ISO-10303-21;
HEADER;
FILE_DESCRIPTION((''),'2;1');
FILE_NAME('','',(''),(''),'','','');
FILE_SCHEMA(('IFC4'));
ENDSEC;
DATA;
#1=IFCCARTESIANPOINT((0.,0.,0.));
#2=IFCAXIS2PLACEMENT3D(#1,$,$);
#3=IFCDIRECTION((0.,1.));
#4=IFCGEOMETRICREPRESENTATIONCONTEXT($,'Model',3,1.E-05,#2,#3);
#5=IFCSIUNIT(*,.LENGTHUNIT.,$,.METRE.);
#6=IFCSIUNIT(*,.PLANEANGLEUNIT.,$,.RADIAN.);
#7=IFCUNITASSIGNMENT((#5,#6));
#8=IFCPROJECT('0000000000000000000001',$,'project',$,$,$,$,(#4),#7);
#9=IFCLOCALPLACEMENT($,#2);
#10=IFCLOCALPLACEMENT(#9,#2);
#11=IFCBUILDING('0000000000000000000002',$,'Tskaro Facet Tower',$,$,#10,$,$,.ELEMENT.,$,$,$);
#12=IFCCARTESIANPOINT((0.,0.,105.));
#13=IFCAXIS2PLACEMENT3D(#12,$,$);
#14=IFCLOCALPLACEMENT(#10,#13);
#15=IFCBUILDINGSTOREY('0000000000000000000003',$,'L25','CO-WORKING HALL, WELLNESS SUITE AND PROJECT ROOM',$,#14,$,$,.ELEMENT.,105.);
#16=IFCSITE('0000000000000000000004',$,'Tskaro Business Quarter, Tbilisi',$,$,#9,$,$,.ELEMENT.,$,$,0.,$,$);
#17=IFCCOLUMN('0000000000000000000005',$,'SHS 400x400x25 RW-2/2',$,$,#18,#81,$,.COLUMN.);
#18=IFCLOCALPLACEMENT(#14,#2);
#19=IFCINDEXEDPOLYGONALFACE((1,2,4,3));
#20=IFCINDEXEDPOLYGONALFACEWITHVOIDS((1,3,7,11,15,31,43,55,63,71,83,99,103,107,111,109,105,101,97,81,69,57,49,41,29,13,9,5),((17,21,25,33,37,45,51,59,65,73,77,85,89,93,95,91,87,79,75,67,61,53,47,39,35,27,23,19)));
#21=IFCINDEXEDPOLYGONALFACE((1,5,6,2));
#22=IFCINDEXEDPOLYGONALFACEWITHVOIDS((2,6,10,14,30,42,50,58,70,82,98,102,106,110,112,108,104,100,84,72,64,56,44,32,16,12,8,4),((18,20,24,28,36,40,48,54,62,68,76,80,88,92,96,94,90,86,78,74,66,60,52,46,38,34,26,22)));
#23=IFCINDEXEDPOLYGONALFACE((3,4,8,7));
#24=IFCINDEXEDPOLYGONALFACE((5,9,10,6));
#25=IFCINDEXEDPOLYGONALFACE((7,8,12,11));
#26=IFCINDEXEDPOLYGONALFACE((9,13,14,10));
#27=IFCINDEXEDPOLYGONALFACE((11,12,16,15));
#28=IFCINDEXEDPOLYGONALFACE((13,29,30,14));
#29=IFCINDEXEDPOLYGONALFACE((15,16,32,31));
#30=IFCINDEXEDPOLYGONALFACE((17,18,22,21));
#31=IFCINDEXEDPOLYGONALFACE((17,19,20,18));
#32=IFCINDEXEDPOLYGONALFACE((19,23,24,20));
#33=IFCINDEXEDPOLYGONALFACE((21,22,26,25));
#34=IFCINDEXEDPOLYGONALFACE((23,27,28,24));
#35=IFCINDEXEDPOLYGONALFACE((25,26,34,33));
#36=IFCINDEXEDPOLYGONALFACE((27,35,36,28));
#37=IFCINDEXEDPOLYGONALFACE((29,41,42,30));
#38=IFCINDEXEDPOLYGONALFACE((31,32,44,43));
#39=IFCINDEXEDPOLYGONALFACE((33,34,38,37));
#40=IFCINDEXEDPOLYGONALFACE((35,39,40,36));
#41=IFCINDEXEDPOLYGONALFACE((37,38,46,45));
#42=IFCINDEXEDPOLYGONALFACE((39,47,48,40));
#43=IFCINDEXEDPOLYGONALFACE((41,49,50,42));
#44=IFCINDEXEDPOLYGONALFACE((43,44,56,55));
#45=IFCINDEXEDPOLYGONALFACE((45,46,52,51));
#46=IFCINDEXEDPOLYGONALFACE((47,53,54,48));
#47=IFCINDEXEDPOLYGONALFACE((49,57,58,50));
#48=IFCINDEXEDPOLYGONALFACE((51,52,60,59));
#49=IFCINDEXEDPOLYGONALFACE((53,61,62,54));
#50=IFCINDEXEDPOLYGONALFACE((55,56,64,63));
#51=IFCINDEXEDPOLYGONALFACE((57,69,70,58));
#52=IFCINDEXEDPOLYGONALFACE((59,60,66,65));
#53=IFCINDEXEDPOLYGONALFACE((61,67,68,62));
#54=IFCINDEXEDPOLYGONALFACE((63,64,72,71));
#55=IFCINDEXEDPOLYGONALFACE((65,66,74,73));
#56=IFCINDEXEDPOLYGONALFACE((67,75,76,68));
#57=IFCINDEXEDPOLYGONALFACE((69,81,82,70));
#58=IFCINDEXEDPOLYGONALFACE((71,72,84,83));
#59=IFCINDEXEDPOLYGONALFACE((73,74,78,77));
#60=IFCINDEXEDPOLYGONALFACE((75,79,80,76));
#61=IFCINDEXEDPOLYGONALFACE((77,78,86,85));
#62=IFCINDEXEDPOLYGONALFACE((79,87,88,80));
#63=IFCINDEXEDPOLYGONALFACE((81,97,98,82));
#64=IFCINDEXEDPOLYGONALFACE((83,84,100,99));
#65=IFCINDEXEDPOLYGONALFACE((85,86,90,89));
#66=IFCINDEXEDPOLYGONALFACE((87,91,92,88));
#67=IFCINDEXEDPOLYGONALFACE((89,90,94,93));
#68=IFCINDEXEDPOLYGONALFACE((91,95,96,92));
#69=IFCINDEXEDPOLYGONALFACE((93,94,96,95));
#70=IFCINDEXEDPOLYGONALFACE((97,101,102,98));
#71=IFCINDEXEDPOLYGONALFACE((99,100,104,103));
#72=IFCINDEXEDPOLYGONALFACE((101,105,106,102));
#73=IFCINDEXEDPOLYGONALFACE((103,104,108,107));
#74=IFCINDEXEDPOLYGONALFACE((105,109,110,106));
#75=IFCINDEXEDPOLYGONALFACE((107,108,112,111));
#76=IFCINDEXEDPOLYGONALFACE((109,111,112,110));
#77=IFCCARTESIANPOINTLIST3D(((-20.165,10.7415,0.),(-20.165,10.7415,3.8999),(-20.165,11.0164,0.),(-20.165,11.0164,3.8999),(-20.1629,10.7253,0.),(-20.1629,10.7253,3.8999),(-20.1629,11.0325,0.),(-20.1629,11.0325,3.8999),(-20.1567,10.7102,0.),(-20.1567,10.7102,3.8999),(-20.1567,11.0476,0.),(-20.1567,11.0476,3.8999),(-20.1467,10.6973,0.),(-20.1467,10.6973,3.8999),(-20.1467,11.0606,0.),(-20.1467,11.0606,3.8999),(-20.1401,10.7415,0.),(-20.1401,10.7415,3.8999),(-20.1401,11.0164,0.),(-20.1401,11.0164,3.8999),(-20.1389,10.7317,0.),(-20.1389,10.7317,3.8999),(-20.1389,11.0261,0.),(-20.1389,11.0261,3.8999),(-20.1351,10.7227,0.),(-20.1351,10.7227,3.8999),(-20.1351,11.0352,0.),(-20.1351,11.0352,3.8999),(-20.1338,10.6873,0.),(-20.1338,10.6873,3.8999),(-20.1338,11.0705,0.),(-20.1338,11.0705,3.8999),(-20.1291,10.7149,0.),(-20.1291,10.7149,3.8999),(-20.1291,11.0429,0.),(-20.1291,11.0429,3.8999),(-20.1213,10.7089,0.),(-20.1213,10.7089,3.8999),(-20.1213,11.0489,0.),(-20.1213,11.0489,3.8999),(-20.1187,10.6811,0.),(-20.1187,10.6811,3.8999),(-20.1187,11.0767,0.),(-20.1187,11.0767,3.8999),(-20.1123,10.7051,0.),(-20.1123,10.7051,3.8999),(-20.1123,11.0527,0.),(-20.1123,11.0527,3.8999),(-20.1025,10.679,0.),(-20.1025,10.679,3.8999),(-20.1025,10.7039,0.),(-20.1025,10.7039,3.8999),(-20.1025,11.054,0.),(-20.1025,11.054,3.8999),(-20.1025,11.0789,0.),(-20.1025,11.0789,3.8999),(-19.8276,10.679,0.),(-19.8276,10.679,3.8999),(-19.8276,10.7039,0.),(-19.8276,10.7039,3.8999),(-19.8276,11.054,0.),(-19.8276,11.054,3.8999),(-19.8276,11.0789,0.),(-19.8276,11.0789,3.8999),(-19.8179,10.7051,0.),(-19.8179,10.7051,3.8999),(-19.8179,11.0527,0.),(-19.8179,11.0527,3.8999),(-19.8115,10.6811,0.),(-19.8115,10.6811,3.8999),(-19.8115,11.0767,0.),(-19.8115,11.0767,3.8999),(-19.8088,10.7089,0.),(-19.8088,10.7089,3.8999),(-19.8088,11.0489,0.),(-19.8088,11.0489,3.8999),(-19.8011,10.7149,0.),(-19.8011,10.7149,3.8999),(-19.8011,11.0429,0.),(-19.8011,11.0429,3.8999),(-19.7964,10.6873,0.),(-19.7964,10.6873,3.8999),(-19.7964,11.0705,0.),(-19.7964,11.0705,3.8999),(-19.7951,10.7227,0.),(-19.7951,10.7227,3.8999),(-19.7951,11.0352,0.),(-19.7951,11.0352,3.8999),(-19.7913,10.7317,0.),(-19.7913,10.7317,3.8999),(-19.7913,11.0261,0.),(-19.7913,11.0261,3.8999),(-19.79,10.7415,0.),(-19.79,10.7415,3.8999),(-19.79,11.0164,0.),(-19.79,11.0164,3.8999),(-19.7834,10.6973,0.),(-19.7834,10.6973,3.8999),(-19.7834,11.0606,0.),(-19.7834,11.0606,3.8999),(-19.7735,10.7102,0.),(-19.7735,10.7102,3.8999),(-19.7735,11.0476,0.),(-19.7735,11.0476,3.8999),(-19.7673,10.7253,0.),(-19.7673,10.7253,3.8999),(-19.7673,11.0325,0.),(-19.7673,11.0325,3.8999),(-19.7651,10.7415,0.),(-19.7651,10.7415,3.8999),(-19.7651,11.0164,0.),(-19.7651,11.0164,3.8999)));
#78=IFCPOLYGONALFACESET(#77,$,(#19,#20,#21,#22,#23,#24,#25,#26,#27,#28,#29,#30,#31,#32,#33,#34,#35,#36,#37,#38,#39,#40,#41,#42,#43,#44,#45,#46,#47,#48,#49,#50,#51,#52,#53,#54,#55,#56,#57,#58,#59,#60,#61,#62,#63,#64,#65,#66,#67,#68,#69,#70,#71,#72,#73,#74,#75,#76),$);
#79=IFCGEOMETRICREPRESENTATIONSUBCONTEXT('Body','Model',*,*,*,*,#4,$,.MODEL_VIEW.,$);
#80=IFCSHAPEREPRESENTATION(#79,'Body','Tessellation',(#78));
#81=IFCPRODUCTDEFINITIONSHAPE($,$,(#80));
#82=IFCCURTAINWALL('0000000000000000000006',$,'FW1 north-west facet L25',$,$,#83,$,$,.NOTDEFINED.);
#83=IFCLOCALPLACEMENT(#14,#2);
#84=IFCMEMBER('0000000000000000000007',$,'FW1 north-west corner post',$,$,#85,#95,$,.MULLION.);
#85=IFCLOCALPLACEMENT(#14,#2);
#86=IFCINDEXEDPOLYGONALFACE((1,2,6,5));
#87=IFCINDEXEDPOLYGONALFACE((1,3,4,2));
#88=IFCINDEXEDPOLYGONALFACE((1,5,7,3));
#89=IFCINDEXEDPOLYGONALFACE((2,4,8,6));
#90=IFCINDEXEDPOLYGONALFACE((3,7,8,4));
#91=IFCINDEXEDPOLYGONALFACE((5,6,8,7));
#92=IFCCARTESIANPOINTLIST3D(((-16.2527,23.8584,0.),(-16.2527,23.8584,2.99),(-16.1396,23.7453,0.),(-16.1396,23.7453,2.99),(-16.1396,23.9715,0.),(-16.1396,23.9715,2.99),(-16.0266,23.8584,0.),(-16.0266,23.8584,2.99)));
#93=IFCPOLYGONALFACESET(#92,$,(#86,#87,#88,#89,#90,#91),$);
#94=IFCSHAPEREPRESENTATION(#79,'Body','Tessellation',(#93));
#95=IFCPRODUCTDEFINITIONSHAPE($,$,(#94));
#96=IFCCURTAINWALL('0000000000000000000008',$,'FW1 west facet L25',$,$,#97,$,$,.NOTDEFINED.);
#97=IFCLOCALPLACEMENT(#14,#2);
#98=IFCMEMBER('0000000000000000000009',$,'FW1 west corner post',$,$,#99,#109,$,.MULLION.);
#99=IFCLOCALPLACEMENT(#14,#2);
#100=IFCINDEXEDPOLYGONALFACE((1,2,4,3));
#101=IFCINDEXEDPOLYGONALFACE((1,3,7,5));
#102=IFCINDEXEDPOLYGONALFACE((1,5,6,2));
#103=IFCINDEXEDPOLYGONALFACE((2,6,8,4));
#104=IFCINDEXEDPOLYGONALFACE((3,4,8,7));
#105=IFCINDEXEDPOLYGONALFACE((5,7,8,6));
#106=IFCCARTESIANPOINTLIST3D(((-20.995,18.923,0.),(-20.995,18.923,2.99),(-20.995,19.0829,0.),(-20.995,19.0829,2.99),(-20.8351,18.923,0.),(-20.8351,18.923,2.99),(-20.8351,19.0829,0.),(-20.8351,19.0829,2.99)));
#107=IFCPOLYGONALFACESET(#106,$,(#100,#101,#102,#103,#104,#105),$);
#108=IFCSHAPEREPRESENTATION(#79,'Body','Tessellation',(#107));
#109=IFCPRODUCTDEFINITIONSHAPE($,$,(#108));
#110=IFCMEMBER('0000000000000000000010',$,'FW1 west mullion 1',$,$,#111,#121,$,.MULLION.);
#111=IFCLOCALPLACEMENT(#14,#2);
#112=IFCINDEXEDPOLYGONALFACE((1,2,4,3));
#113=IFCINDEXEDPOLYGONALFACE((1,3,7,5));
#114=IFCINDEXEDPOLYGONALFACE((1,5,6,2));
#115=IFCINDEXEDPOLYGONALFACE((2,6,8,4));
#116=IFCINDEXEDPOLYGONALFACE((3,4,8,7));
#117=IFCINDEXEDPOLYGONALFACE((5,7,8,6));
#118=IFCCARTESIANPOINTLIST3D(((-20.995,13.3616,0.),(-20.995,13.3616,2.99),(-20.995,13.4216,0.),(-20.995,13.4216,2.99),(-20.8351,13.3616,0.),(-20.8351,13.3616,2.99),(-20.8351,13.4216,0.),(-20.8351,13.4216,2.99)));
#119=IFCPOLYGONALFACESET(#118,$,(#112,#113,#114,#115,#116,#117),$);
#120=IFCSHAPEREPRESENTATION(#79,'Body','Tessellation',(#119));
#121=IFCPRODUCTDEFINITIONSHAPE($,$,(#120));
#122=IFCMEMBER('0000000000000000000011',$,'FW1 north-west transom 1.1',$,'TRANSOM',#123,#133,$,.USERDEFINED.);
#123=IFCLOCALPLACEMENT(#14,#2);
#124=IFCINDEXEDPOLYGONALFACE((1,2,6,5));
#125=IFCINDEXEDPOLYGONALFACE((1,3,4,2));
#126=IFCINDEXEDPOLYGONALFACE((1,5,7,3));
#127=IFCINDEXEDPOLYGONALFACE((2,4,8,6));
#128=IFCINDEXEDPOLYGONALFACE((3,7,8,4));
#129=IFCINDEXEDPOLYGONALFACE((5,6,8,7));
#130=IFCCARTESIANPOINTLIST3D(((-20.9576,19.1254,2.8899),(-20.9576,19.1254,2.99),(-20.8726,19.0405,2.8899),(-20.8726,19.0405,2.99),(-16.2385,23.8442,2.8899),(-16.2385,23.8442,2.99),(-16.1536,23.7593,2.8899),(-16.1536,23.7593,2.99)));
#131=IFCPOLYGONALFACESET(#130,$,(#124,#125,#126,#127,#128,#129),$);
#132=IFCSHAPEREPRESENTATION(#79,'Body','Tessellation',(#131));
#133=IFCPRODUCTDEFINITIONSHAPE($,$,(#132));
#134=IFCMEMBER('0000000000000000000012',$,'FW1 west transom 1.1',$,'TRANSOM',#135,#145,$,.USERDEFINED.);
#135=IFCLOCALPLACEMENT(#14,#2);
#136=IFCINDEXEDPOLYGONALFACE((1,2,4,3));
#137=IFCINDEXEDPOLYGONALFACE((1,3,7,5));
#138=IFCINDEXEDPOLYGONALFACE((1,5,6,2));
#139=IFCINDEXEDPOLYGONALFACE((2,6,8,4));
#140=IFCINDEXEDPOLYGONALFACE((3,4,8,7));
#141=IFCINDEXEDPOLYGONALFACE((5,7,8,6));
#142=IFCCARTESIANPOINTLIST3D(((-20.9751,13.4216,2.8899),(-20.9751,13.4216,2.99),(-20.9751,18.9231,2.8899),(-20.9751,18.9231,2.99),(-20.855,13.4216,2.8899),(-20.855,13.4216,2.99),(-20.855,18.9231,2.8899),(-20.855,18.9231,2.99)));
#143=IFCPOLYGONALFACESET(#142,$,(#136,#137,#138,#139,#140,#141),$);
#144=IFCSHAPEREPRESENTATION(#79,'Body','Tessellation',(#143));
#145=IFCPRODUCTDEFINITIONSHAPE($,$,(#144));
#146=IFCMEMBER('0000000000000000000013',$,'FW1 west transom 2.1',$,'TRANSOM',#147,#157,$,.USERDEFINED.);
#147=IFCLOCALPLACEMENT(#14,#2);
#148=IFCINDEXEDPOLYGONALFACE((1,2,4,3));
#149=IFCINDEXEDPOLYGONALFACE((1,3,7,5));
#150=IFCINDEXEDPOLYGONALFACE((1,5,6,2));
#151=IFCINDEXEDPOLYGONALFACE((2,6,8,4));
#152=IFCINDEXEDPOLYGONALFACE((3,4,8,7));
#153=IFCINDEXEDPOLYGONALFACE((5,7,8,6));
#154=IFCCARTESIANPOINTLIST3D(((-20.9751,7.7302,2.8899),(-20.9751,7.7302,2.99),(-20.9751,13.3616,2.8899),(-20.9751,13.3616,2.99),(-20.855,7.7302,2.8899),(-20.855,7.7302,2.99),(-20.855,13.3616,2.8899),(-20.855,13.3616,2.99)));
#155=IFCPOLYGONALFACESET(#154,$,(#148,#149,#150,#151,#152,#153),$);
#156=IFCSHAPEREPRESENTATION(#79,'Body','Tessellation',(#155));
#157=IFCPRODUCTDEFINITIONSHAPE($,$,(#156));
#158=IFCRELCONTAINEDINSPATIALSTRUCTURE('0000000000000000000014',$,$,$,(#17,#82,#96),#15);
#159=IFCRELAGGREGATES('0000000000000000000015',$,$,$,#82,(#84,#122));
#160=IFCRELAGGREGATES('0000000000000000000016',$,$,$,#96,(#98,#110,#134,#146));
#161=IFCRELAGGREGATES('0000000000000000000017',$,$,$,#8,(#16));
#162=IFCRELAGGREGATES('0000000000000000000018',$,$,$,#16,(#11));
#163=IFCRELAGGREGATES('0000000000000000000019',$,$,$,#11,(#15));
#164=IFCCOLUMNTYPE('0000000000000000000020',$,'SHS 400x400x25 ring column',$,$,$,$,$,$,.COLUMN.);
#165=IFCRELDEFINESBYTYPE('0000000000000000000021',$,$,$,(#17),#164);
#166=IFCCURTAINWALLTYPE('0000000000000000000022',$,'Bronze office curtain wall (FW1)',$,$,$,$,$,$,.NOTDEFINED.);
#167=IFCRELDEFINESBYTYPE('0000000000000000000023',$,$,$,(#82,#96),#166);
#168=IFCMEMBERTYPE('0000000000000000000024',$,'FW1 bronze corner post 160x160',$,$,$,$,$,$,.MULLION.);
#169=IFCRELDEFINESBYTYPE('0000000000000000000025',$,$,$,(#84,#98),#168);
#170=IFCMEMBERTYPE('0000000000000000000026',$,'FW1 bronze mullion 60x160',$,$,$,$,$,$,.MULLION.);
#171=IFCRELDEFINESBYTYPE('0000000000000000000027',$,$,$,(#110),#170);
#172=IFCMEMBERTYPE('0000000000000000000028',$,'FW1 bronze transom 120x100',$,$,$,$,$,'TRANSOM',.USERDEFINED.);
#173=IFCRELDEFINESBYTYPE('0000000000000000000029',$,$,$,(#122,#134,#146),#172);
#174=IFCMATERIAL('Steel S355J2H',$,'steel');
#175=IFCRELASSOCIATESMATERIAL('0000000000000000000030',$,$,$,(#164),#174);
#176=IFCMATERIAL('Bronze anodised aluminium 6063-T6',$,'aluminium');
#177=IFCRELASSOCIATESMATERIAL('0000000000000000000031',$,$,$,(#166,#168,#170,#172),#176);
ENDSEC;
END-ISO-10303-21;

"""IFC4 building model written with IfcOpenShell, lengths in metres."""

from ifc_helpers import new_model, si_unit, direction, frame, origin, origin_2d, place, context, subcontext, project, spatial, rectangle, hollow_rectangle, extrude, material, material_profile, profile_set, type_object, element, aggregate, save


model = new_model("IFC4")

# Units and contexts
model_context = context("Model", 3, precision=1e-05, world=origin(), true_north=direction((0.0, 1.0)))
body_context = subcontext(model_context, "Body", "Model", "MODEL_VIEW")
ifc_project = project(units=[si_unit("LENGTHUNIT", "METRE"), si_unit("PLANEANGLEUNIT", "RADIAN")], contexts=[model_context])

# Site, building, storey
site_placement = place(None, origin())
site = spatial("IfcSite", under=ifc_project, at=site_placement, Name="Tskaro Business Quarter, Tbilisi", CompositionType="ELEMENT", RefElevation=0.0)
building_placement = place(site_placement, origin())
building = spatial("IfcBuilding", under=site, at=building_placement, Name="Tskaro Facet Tower", CompositionType="ELEMENT")
storey_placement = place(building_placement, frame((0.0, 0.0, 105.0)))
storey = spatial("IfcBuildingStorey", under=building, at=storey_placement, Name="L25", Description="CO-WORKING HALL, WELLNESS SUITE AND PROJECT ROOM", CompositionType="ELEMENT", Elevation=105.0)

# Column
ifc_material_1 = material(Name="Steel S355J2H", Category="steel")
ifc_material_profile_1 = material_profile(ifc_material_1, hollow_rectangle(XDim=0.3999, YDim=0.3999, WallThickness=0.0249, InnerFilletRadius=0.0376, OuterFilletRadius=0.0625, at=origin_2d()), Name="SHS 400x400x25")
ifc_profile_set_1 = profile_set([ifc_material_profile_1], Name="Steel S355J2H")
column_type_1 = type_object("IfcColumnType", Name="SHS 400x400x25 ring column", PredefinedType="COLUMN", material=ifc_profile_set_1)
for number, where, z_axis, x_axis, name in (
    (1, (-19.9651, 10.8789, 0.0), (0.0, 0.0, 1.0), (1.0, 0.0, 0.0), "SHS 400x400x25 RW-2/2"),
):
    element("IfcColumn", number, at=place(storey_placement, frame(where, z_axis=z_axis, x_axis=x_axis)), inside=storey, type_object=column_type_1, Name=name, PredefinedType="COLUMN", context=body_context, shape_type="SweptSolid", body=[
        extrude(hollow_rectangle(XDim=0.3999, YDim=0.3999, WallThickness=0.0249, InnerFilletRadius=0.0376, OuterFilletRadius=0.0625, at=origin_2d()), origin(), (0.0, 0.0, 1.0), 3.8999),
    ])

# Curtain wall, member
ifc_material_2 = material(Name="Bronze anodised aluminium 6063-T6", Category="aluminium")
curtain_wall_type = type_object("IfcCurtainWallType", Name="Bronze office curtain wall (FW1)", PredefinedType="NOTDEFINED", material=ifc_material_2)
curtain_wall_1_placement = place(storey_placement, origin())
curtain_wall_1 = element("IfcCurtainWall", 2, at=curtain_wall_1_placement, inside=storey, type_object=curtain_wall_type, Name="FW1 north-west facet L25", PredefinedType="NOTDEFINED")
ifc_material_profile_2 = material_profile(ifc_material_2, rectangle(XDim=0.1599, YDim=0.1599, at=origin_2d()), Name="Corner post 160x160")
ifc_profile_set_2 = profile_set([ifc_material_profile_2], Name="Bronze anodised aluminium 6063-T6")
member_type_1 = type_object("IfcMemberType", Name="FW1 bronze corner post 160x160", PredefinedType="MULLION", material=ifc_profile_set_2)
member_1_placement = place(storey_placement, frame((-16.1396, 23.8584, 0.0), z_axis=(0.0, 0.0, 1.0), x_axis=(-0.707107, -0.707107, 0.0)))
member_1 = element("IfcMember", 3, at=member_1_placement, type_object=member_type_1, Name="FW1 north-west corner post", PredefinedType="MULLION", context=body_context, shape_type="SweptSolid", body=[
    extrude(rectangle(XDim=0.1599, YDim=0.1599, at=origin_2d()), origin(), (0.0, 0.0, 1.0), 2.99),
])

# Curtain wall, members
curtain_wall_2_placement = place(storey_placement, origin())
curtain_wall_2 = element("IfcCurtainWall", 4, at=curtain_wall_2_placement, inside=storey, type_object=curtain_wall_type, Name="FW1 west facet L25", PredefinedType="NOTDEFINED")
member_2_placement = place(storey_placement, frame((-20.915, 19.0029, 0.0), z_axis=(0.0, 0.0, 1.0), x_axis=(0.0, -1.0, 0.0)))
member_2 = element("IfcMember", 5, at=member_2_placement, type_object=member_type_1, Name="FW1 west corner post", PredefinedType="MULLION", context=body_context, shape_type="SweptSolid", body=[
    extrude(rectangle(XDim=0.1599, YDim=0.1599, at=origin_2d()), origin(), (0.0, 0.0, 1.0), 2.99),
])
ifc_material_profile_3 = material_profile(ifc_material_2, rectangle(XDim=0.0601, YDim=0.1599, at=origin_2d()), Name="Mullion 60x160")
ifc_profile_set_3 = profile_set([ifc_material_profile_3], Name="Bronze anodised aluminium 6063-T6")
member_type_2 = type_object("IfcMemberType", Name="FW1 bronze mullion 60x160", PredefinedType="MULLION", material=ifc_profile_set_3)
member_3_placement = place(storey_placement, frame((-20.915, 13.3916, 0.0), z_axis=(0.0, 0.0, 1.0), x_axis=(0.0, -1.0, 0.0)))
member_3 = element("IfcMember", 6, at=member_3_placement, type_object=member_type_2, Name="FW1 west mullion 1", PredefinedType="MULLION", context=body_context, shape_type="SweptSolid", body=[
    extrude(rectangle(XDim=0.0601, YDim=0.1599, at=origin_2d()), origin(), (0.0, 0.0, 1.0), 2.99),
])

# Members
ifc_material_profile_4 = material_profile(ifc_material_2, rectangle(XDim=0.1201, YDim=0.1001, at=origin_2d()), Name="Transom 120x100")
ifc_profile_set_4 = profile_set([ifc_material_profile_4], Name="Bronze anodised aluminium 6063-T6")
member_type_3 = type_object("IfcMemberType", Name="FW1 bronze transom 120x100", ElementType="TRANSOM", PredefinedType="USERDEFINED", material=ifc_profile_set_4)
member_4_placement = place(storey_placement, frame((-16.196, 23.8018, 2.9399), z_axis=(-0.707125, -0.707088, 0.0), x_axis=(0.707088, -0.707125, 0.0)))
member_4 = element("IfcMember", 7, at=member_4_placement, type_object=member_type_3, Name="FW1 north-west transom 1.1", ObjectType="TRANSOM", PredefinedType="USERDEFINED", context=body_context, shape_type="SweptSolid", body=[
    extrude(rectangle(XDim=0.1201, YDim=0.1001, at=origin_2d()), origin(), (0.0, 0.0, 1.0), 6.6736),
])
member_5_placement = place(storey_placement, frame((-20.915, 18.9231, 2.9399), z_axis=(0.0, -1.0, 0.0), x_axis=(1.0, 0.0, 0.0)))
member_5 = element("IfcMember", 8, at=member_5_placement, type_object=member_type_3, Name="FW1 west transom 1.1", ObjectType="TRANSOM", PredefinedType="USERDEFINED", context=body_context, shape_type="SweptSolid", body=[
    extrude(rectangle(XDim=0.1201, YDim=0.1001, at=origin_2d()), origin(), (0.0, 0.0, 1.0), 5.5015),
])
member_6_placement = place(storey_placement, frame((-20.915, 13.3616, 2.9399), z_axis=(0.0, -1.0, 0.0), x_axis=(1.0, 0.0, 0.0)))
member_6 = element("IfcMember", 9, at=member_6_placement, type_object=member_type_3, Name="FW1 west transom 2.1", ObjectType="TRANSOM", PredefinedType="USERDEFINED", context=body_context, shape_type="SweptSolid", body=[
    extrude(rectangle(XDim=0.1201, YDim=0.1001, at=origin_2d()), origin(), (0.0, 0.0, 1.0), 5.6313),
])

aggregate(curtain_wall_1, [member_1, member_4])
aggregate(curtain_wall_2, [member_2, member_3, member_5, member_6])

save(model, "model.ifc")
